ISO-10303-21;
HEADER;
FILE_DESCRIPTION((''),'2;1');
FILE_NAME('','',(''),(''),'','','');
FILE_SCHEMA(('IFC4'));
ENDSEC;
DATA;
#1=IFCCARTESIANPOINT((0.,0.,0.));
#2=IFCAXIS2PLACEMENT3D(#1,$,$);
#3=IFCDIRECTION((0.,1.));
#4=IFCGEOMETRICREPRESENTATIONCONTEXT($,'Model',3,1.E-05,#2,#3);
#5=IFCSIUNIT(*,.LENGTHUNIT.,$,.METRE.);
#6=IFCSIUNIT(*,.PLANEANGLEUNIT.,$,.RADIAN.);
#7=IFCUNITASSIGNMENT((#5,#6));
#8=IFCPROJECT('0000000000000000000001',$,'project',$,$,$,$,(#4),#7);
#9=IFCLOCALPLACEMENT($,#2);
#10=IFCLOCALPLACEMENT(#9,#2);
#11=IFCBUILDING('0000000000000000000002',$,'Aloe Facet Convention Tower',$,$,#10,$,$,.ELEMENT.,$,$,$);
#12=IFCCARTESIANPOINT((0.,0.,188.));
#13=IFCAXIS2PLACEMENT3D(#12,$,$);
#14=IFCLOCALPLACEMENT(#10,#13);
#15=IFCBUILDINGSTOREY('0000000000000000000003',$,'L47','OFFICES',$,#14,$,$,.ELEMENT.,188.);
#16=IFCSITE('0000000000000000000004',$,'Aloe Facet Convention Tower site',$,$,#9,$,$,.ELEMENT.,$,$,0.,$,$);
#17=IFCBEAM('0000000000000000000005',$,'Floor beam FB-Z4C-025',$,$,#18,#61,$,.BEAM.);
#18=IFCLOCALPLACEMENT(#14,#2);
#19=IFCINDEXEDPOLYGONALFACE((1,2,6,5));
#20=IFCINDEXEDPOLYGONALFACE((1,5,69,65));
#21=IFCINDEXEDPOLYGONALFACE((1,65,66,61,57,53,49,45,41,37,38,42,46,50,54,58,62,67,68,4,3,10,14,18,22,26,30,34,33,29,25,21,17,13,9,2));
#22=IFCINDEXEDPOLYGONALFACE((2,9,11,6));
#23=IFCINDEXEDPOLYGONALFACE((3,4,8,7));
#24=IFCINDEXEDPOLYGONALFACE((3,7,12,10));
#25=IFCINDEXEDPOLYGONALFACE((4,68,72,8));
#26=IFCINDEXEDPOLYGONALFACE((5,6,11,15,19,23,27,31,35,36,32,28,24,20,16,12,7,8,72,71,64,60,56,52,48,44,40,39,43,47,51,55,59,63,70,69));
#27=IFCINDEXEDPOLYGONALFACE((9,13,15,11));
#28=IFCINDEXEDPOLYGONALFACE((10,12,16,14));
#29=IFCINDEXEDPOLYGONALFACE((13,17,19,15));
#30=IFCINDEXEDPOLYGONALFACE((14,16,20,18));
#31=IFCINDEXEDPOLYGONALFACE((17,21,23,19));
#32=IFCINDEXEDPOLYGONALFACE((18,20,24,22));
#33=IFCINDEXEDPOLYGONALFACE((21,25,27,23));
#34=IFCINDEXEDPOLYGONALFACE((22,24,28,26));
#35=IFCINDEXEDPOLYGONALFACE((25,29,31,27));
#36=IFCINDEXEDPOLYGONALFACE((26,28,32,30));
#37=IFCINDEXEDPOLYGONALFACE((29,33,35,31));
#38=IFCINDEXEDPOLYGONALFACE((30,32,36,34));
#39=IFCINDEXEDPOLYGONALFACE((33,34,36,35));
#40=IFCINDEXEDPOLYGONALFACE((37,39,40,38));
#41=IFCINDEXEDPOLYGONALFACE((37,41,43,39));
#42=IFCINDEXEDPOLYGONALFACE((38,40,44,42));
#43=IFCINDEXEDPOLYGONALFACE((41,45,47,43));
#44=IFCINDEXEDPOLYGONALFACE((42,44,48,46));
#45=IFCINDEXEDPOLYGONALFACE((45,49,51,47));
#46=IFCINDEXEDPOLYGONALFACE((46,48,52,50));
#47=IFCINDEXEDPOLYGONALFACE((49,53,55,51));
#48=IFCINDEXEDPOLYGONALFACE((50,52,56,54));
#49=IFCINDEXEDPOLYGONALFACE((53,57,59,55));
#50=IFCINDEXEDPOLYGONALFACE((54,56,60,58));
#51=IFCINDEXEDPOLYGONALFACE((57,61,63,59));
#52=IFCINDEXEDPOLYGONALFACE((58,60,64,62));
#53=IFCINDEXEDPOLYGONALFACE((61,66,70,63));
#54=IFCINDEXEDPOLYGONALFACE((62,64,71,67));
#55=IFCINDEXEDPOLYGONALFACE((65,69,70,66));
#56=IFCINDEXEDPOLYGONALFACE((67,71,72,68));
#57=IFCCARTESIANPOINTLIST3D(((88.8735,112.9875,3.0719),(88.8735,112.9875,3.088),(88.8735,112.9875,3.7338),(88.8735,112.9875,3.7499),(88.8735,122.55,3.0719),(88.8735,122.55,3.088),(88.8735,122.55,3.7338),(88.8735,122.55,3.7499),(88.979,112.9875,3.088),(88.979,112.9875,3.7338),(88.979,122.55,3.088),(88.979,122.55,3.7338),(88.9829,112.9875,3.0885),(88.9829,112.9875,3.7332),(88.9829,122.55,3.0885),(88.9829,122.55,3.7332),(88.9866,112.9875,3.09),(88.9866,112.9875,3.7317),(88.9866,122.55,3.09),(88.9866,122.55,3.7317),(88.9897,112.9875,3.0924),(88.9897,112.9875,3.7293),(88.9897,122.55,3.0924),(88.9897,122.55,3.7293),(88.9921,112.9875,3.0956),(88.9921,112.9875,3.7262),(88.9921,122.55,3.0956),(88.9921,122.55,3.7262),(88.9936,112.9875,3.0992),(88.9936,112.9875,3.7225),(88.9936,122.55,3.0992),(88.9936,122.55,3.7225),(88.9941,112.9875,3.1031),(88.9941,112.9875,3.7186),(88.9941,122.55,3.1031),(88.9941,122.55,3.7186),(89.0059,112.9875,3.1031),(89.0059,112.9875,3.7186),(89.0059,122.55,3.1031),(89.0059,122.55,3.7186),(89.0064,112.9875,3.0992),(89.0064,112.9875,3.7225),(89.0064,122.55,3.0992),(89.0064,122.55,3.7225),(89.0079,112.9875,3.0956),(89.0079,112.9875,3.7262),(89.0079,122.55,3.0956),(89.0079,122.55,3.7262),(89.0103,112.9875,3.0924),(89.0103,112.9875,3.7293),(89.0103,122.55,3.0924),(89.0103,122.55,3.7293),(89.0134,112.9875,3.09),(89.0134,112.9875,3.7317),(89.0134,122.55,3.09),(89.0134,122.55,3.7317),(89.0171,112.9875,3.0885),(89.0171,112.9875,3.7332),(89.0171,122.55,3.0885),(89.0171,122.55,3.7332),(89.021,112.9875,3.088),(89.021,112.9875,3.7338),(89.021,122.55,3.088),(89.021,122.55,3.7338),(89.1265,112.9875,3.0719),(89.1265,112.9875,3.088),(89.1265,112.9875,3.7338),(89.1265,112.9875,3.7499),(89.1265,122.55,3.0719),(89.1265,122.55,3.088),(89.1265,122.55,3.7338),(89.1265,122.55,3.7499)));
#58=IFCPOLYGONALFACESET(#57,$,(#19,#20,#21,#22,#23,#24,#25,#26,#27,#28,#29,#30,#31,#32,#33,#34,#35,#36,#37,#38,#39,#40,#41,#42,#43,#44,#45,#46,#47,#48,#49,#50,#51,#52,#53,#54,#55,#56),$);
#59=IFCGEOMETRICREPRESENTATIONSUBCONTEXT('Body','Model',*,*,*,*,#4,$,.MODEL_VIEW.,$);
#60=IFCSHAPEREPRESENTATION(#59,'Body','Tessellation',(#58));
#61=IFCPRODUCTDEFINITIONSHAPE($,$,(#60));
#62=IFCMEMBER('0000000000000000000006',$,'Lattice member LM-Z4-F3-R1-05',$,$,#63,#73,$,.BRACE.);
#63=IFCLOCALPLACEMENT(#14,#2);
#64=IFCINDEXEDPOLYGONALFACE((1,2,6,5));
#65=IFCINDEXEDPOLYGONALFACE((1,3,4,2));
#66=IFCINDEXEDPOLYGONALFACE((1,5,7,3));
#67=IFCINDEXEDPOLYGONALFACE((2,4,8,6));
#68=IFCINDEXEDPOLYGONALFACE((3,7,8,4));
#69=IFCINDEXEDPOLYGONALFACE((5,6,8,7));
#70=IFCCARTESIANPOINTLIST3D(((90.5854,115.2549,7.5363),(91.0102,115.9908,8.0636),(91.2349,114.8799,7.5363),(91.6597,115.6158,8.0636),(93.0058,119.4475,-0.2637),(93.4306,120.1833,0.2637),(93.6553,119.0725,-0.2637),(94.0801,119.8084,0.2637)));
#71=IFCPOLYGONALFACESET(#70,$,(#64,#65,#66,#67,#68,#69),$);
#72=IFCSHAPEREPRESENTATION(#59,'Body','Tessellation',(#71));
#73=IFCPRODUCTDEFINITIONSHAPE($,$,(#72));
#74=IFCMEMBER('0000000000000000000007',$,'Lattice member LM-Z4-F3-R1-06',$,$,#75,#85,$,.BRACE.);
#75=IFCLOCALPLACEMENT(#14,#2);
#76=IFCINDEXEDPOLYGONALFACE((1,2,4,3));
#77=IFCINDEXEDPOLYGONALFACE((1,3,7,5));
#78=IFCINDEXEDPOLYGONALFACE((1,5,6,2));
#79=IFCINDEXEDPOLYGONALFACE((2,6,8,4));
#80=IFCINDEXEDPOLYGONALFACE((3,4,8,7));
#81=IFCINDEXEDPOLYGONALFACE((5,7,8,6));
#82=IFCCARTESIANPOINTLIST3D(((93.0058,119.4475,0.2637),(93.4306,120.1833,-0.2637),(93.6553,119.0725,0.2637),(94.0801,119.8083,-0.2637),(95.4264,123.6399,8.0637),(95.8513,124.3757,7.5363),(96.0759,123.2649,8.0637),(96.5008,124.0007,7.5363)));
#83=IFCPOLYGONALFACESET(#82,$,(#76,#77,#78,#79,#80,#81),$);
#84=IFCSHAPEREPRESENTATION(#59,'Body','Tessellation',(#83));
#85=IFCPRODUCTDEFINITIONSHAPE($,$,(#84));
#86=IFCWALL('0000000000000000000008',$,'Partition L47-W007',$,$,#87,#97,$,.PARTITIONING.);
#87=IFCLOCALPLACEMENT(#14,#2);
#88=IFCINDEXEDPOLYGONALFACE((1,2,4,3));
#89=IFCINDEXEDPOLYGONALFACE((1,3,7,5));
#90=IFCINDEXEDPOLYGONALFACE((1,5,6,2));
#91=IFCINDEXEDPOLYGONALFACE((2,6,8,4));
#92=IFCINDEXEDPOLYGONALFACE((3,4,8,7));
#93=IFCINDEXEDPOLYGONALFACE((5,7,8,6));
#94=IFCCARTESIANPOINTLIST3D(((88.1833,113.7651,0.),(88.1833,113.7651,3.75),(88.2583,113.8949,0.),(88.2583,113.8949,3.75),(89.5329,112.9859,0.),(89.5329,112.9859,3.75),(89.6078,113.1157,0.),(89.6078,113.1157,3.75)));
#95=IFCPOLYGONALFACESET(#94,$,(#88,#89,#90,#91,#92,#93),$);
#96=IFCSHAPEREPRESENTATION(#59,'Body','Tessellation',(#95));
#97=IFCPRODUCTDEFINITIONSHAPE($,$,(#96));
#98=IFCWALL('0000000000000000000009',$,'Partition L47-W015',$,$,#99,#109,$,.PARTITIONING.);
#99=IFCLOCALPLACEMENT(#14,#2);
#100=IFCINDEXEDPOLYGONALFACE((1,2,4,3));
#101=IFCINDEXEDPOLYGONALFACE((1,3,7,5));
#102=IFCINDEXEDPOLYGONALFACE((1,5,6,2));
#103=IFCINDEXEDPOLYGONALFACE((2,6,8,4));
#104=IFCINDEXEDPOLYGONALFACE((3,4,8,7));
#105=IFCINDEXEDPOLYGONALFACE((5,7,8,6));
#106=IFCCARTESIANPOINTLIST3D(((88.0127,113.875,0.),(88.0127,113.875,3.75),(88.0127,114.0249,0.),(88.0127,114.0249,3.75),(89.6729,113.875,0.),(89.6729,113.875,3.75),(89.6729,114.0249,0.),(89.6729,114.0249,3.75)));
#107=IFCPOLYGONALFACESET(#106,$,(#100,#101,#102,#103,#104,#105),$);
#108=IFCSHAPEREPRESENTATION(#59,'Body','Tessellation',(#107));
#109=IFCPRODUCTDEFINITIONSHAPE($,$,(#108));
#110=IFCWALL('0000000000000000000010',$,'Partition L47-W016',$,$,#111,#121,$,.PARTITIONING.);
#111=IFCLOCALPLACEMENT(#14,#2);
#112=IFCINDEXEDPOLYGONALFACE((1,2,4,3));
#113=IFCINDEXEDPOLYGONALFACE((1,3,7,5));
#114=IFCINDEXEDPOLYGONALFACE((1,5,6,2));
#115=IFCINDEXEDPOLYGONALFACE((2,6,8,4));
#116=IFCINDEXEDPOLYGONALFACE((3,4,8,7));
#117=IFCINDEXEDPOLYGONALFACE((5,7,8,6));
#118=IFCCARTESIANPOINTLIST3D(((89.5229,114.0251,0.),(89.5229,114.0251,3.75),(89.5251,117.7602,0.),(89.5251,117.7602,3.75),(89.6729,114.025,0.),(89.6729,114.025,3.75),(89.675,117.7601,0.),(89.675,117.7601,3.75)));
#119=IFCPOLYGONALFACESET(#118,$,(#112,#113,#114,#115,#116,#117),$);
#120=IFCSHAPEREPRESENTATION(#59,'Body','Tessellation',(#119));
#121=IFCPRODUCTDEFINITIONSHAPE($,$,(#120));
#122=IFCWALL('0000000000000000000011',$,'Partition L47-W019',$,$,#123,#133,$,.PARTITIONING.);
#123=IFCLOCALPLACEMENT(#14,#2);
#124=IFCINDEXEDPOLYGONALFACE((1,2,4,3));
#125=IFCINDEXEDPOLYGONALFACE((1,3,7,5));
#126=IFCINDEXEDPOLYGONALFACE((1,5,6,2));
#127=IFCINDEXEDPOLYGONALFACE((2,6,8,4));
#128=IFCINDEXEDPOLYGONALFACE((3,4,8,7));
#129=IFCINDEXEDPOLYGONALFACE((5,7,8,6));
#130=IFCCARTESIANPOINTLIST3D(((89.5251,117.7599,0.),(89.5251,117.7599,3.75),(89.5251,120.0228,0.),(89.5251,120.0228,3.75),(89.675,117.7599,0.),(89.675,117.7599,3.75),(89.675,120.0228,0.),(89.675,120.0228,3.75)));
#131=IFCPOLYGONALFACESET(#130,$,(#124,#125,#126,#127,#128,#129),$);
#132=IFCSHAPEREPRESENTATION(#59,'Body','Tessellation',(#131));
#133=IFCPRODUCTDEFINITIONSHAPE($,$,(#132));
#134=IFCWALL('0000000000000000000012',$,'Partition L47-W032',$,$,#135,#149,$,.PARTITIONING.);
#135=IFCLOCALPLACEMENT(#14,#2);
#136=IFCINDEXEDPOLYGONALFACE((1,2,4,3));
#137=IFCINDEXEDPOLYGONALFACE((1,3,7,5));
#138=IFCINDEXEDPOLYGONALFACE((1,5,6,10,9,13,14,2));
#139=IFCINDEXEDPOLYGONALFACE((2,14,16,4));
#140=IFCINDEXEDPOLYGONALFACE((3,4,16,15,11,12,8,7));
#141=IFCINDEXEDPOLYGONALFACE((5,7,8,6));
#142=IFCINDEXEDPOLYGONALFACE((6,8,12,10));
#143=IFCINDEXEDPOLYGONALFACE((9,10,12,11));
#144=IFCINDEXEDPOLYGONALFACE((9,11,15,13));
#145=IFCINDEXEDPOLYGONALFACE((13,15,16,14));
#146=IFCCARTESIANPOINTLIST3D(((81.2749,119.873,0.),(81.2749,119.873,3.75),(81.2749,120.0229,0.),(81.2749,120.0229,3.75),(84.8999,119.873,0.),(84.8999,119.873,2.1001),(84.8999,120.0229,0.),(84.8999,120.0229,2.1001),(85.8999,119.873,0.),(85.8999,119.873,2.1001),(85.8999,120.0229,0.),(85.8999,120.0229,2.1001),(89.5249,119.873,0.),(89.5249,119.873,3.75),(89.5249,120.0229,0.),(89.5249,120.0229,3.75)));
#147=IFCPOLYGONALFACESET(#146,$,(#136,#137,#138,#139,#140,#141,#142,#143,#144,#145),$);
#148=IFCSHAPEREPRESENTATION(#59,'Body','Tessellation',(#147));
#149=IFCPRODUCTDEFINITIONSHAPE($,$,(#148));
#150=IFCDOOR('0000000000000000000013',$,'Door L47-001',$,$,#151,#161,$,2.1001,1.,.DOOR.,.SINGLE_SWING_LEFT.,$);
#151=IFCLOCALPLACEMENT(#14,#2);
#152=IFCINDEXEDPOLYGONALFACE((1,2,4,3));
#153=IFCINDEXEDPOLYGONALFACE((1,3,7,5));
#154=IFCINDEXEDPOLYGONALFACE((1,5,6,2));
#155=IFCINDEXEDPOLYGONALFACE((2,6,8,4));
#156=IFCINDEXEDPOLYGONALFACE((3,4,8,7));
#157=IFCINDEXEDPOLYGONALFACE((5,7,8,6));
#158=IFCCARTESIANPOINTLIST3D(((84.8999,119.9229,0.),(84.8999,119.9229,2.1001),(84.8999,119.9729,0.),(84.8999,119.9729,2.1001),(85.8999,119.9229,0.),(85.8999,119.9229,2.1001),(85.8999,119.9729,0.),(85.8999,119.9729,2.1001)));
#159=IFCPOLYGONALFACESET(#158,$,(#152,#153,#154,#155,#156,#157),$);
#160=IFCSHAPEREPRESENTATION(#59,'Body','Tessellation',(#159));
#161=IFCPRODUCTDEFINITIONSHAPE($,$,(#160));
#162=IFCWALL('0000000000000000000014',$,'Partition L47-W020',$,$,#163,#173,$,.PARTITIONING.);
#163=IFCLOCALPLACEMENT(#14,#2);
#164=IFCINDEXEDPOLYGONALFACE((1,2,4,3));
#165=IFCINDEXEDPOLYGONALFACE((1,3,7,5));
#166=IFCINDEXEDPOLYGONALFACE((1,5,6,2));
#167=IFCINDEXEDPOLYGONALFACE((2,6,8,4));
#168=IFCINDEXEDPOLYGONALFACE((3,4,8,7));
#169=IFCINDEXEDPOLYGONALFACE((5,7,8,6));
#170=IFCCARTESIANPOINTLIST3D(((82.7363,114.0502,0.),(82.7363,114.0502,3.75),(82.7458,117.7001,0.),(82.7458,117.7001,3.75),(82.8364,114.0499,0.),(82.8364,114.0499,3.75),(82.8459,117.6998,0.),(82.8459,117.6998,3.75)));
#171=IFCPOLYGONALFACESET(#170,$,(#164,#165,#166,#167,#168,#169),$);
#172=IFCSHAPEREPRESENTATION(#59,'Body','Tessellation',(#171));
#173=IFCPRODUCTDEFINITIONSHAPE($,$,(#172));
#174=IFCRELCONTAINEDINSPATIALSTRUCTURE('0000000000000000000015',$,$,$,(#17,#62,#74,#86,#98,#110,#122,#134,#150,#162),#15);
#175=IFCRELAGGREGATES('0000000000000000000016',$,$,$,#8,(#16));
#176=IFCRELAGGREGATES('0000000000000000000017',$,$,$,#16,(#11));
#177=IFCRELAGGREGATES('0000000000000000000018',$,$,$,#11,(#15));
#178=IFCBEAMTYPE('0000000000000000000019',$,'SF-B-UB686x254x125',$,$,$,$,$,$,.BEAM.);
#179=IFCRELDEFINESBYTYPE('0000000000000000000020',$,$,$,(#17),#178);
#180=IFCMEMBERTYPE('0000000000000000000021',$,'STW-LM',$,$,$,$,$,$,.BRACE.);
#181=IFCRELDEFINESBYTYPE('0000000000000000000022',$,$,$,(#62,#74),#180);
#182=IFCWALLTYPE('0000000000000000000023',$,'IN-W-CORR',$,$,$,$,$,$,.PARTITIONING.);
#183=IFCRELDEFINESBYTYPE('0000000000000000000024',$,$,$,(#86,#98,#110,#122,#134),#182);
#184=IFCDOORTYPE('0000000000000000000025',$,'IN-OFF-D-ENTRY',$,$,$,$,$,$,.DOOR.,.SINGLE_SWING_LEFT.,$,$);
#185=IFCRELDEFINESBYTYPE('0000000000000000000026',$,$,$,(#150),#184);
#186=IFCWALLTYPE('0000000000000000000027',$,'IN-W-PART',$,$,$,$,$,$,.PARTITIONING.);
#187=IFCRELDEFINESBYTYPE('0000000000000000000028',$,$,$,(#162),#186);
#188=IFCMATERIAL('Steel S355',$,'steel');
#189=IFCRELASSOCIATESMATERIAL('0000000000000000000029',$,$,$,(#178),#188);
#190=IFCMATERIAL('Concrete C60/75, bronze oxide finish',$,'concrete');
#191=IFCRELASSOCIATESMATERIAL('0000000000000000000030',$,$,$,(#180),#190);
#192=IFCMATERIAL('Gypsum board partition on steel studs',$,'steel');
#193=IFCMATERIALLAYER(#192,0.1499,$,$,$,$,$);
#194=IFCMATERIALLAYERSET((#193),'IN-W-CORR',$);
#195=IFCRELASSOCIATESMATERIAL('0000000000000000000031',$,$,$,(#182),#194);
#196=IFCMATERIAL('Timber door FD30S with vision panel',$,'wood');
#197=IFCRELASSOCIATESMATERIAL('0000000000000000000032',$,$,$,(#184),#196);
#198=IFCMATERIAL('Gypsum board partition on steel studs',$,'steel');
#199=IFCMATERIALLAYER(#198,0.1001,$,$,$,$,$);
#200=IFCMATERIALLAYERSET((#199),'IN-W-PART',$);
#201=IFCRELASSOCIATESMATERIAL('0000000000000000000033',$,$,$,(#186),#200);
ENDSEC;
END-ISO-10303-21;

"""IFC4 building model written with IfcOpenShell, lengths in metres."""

from ifc_helpers import new_model, si_unit, direction, frame, frame_2d, origin, origin_2d, place, context, subcontext, project, spatial, rectangle, i_section, extrude, material, layer, layer_set, material_profile, profile_set, type_object, element, fill, save


model = new_model("IFC4")

# Units and contexts
model_context = context("Model", 3, precision=1e-05, world=origin(), true_north=direction((0.0, 1.0)))
body_context = subcontext(model_context, "Body", "Model", "MODEL_VIEW")
ifc_project = project(units=[si_unit("LENGTHUNIT", "METRE"), si_unit("PLANEANGLEUNIT", "RADIAN")], contexts=[model_context])

# Site, building, storey
site_placement = place(None, origin())
site = spatial("IfcSite", under=ifc_project, at=site_placement, Name="Aloe Facet Convention Tower site", CompositionType="ELEMENT", RefElevation=0.0)
building_placement = place(site_placement, origin())
building = spatial("IfcBuilding", under=site, at=building_placement, Name="Aloe Facet Convention Tower", CompositionType="ELEMENT")
storey_placement = place(building_placement, frame((0.0, 0.0, 188.0)))
storey = spatial("IfcBuildingStorey", under=building, at=storey_placement, Name="L47", Description="OFFICES", CompositionType="ELEMENT", Elevation=188.0)

# Beam
ifc_material_1 = material(Name="Steel S355", Category="steel")
ifc_material_profile_1 = material_profile(ifc_material_1, i_section(OverallWidth=0.2529, OverallDepth=0.678, WebThickness=0.0117, FlangeThickness=0.0161, FilletRadius=0.0151, at=origin_2d()), Name="UB 686x254x125")
ifc_profile_set_1 = profile_set([ifc_material_profile_1], Name="Steel S355")
beam_type_1 = type_object("IfcBeamType", Name="SF-B-UB686x254x125", PredefinedType="BEAM", material=ifc_profile_set_1)
beam_1_placement = place(storey_placement, frame((89.0, 122.55, 3.4109), z_axis=(0.0, -1.0, 0.0), x_axis=(1.0, 0.0, 0.0)))
element("IfcBeam", 1, at=beam_1_placement, inside=storey, type_object=beam_type_1, Name="Floor beam FB-Z4C-025", PredefinedType="BEAM", context=body_context, shape_type="SweptSolid", body=[
    extrude(i_section(OverallWidth=0.2529, OverallDepth=0.678, WebThickness=0.0117, FlangeThickness=0.0161, FilletRadius=0.0151, at=origin_2d()), origin(), (0.0, 0.0, 1.0), 9.5625),
])

# Members
ifc_material_2 = material(Name="Concrete C60/75, bronze oxide finish", Category="concrete")
ifc_material_profile_2 = material_profile(ifc_material_2, rectangle(XDim=0.75, YDim=1.0, at=origin_2d()), Name="STW-LM")
ifc_profile_set_2 = profile_set([ifc_material_profile_2], Name="Concrete C60/75, bronze oxide finish")
member_type = type_object("IfcMemberType", Name="STW-LM", PredefinedType="BRACE", material=ifc_profile_set_2)
for number, where, z_axis, x_axis, name in (
    (2, (93.543, 119.6279, 0.0), (-0.263654, -0.4567, 0.849654), (0.866044, -0.499968, 0.0), "Lattice member LM-Z4-F3-R1-05"),
    (3, (93.543, 119.6279, 0.0), (0.263682, 0.456676, 0.849658), (-0.866009, 0.500028, 0.0), "Lattice member LM-Z4-F3-R1-06"),
):
    element("IfcMember", number, at=place(storey_placement, frame(where, z_axis=z_axis, x_axis=x_axis)), inside=storey, type_object=member_type, Name=name, PredefinedType="BRACE", context=body_context, shape_type="SweptSolid", body=[
        extrude(rectangle(XDim=0.75, YDim=1.0, at=origin_2d()), origin(), (0.0, 0.0, 1.0), 9.1802),
    ])

# Walls
ifc_material_3 = material(Name="Gypsum board partition on steel studs", Category="steel")
ifc_layer_1 = layer(ifc_material_3, 0.1499)
ifc_layer_set_1 = layer_set([ifc_layer_1], Name="IN-W-CORR")
wall_type_1 = type_object("IfcWallType", Name="IN-W-CORR", PredefinedType="PARTITIONING", material=ifc_layer_set_1)
wall_1_placement = place(storey_placement, frame((88.2207, 113.8301, 0.0), z_axis=(0.0, 0.0, 1.0), x_axis=(0.865998, -0.500048, 0.0)))
element("IfcWall", 4, at=wall_1_placement, inside=storey, type_object=wall_type_1, Name="Partition L47-W007", PredefinedType="PARTITIONING", context=body_context, shape_type="SweptSolid", body=[
    extrude(rectangle(XDim=1.5583, YDim=0.1499, at=frame_2d((0.7793, 0.0))), origin(), (0.0, 0.0, 1.0), 3.75),
])
wall_2_placement = place(storey_placement, frame((88.0127, 113.95, 0.0), z_axis=(0.0, 0.0, 1.0), x_axis=(1.0, 0.0, 0.0)))
element("IfcWall", 5, at=wall_2_placement, inside=storey, type_object=wall_type_1, Name="Partition L47-W015", PredefinedType="PARTITIONING", context=body_context, shape_type="SweptSolid", body=[
    extrude(rectangle(XDim=1.6602, YDim=0.1499, at=frame_2d((0.8301, 0.0))), origin(), (0.0, 0.0, 1.0), 3.75),
])
wall_3_placement = place(storey_placement, frame((89.5979, 114.0249, 0.0), z_axis=(0.0, 0.0, 1.0), x_axis=(0.000588, 1.0, 0.0)))
element("IfcWall", 6, at=wall_3_placement, inside=storey, type_object=wall_type_1, Name="Partition L47-W016", PredefinedType="PARTITIONING", context=body_context, shape_type="SweptSolid", body=[
    extrude(rectangle(XDim=3.7351, YDim=0.1499, at=frame_2d((1.8677, 0.0))), origin(), (0.0, 0.0, 1.0), 3.75),
])
wall_4_placement = place(storey_placement, frame((89.6001, 117.76, 0.0), z_axis=(0.0, 0.0, 1.0), x_axis=(0.0, 1.0, 0.0)))
element("IfcWall", 7, at=wall_4_placement, inside=storey, type_object=wall_type_1, Name="Partition L47-W019", PredefinedType="PARTITIONING", context=body_context, shape_type="SweptSolid", body=[
    extrude(rectangle(XDim=2.2629, YDim=0.1499, at=frame_2d((1.1313, 0.0))), origin(), (0.0, 0.0, 1.0), 3.75),
])

# Wall, opening, door
wall_5_placement = place(storey_placement, frame((81.2749, 119.948, 0.0), z_axis=(0.0, 0.0, 1.0), x_axis=(1.0, 0.0, 0.0)))
wall_5 = element("IfcWall", 8, at=wall_5_placement, inside=storey, type_object=wall_type_1, Name="Partition L47-W032", PredefinedType="PARTITIONING", context=body_context, shape_type="SweptSolid", body=[
    extrude(rectangle(XDim=8.25, YDim=0.1499, at=frame_2d((4.125, 0.0))), origin(), (0.0, 0.0, 1.0), 3.75),
])
opening_1_placement = place(wall_5_placement, frame((3.625, 0.0, 0.0)))
opening_1 = element("IfcOpeningElement", 9, at=opening_1_placement, cuts=wall_5, PredefinedType="OPENING", context=body_context, shape_type="SweptSolid", body=[
    extrude(rectangle(XDim=1.0, YDim=2.1001, at=frame_2d((0.5, 1.05))), frame((0.0, 0.085, 0.0), z_axis=(0.0, -1.0, 0.0), x_axis=(1.0, 0.0, 0.0)), (0.0, 0.0, 1.0), 0.1699),
])
ifc_material_4 = material(Name="Timber door FD30S with vision panel", Category="wood")
door_type_1 = type_object("IfcDoorType", Name="IN-OFF-D-ENTRY", OperationType="SINGLE_SWING_LEFT", PredefinedType="DOOR", material=ifc_material_4)
door_1_placement = place(opening_1_placement, origin())
door_1 = element("IfcDoor", 10, at=door_1_placement, inside=storey, type_object=door_type_1, Name="Door L47-001", OperationType="SINGLE_SWING_LEFT", OverallHeight=2.1001, OverallWidth=1.0, PredefinedType="DOOR", context=body_context, shape_type="SweptSolid", body=[
    extrude(rectangle(XDim=1.0, YDim=2.1001, at=frame_2d((0.5, 1.05))), frame((0.0, 0.0249, 0.0), z_axis=(0.0, -1.0, 0.0), x_axis=(1.0, 0.0, 0.0)), (0.0, 0.0, 1.0), 0.05),
])
fill(opening_1, door_1)

# Wall
ifc_material_5 = material(Name="Gypsum board partition on steel studs", Category="steel")
ifc_layer_2 = layer(ifc_material_5, 0.1001)
ifc_layer_set_2 = layer_set([ifc_layer_2], Name="IN-W-PART")
wall_type_2 = type_object("IfcWallType", Name="IN-W-PART", PredefinedType="PARTITIONING", material=ifc_layer_set_2)
wall_6_placement = place(storey_placement, frame((82.7864, 114.05, 0.0), z_axis=(0.0, 0.0, 1.0), x_axis=(0.002609, 0.999997, 0.0)))
element("IfcWall", 11, at=wall_6_placement, inside=storey, type_object=wall_type_2, Name="Partition L47-W020", PredefinedType="PARTITIONING", context=body_context, shape_type="SweptSolid", body=[
    extrude(rectangle(XDim=3.6499, YDim=0.1001, at=frame_2d((1.825, 0.0))), origin(), (0.0, 0.0, 1.0), 3.75),
])

save(model, "model.ifc")
